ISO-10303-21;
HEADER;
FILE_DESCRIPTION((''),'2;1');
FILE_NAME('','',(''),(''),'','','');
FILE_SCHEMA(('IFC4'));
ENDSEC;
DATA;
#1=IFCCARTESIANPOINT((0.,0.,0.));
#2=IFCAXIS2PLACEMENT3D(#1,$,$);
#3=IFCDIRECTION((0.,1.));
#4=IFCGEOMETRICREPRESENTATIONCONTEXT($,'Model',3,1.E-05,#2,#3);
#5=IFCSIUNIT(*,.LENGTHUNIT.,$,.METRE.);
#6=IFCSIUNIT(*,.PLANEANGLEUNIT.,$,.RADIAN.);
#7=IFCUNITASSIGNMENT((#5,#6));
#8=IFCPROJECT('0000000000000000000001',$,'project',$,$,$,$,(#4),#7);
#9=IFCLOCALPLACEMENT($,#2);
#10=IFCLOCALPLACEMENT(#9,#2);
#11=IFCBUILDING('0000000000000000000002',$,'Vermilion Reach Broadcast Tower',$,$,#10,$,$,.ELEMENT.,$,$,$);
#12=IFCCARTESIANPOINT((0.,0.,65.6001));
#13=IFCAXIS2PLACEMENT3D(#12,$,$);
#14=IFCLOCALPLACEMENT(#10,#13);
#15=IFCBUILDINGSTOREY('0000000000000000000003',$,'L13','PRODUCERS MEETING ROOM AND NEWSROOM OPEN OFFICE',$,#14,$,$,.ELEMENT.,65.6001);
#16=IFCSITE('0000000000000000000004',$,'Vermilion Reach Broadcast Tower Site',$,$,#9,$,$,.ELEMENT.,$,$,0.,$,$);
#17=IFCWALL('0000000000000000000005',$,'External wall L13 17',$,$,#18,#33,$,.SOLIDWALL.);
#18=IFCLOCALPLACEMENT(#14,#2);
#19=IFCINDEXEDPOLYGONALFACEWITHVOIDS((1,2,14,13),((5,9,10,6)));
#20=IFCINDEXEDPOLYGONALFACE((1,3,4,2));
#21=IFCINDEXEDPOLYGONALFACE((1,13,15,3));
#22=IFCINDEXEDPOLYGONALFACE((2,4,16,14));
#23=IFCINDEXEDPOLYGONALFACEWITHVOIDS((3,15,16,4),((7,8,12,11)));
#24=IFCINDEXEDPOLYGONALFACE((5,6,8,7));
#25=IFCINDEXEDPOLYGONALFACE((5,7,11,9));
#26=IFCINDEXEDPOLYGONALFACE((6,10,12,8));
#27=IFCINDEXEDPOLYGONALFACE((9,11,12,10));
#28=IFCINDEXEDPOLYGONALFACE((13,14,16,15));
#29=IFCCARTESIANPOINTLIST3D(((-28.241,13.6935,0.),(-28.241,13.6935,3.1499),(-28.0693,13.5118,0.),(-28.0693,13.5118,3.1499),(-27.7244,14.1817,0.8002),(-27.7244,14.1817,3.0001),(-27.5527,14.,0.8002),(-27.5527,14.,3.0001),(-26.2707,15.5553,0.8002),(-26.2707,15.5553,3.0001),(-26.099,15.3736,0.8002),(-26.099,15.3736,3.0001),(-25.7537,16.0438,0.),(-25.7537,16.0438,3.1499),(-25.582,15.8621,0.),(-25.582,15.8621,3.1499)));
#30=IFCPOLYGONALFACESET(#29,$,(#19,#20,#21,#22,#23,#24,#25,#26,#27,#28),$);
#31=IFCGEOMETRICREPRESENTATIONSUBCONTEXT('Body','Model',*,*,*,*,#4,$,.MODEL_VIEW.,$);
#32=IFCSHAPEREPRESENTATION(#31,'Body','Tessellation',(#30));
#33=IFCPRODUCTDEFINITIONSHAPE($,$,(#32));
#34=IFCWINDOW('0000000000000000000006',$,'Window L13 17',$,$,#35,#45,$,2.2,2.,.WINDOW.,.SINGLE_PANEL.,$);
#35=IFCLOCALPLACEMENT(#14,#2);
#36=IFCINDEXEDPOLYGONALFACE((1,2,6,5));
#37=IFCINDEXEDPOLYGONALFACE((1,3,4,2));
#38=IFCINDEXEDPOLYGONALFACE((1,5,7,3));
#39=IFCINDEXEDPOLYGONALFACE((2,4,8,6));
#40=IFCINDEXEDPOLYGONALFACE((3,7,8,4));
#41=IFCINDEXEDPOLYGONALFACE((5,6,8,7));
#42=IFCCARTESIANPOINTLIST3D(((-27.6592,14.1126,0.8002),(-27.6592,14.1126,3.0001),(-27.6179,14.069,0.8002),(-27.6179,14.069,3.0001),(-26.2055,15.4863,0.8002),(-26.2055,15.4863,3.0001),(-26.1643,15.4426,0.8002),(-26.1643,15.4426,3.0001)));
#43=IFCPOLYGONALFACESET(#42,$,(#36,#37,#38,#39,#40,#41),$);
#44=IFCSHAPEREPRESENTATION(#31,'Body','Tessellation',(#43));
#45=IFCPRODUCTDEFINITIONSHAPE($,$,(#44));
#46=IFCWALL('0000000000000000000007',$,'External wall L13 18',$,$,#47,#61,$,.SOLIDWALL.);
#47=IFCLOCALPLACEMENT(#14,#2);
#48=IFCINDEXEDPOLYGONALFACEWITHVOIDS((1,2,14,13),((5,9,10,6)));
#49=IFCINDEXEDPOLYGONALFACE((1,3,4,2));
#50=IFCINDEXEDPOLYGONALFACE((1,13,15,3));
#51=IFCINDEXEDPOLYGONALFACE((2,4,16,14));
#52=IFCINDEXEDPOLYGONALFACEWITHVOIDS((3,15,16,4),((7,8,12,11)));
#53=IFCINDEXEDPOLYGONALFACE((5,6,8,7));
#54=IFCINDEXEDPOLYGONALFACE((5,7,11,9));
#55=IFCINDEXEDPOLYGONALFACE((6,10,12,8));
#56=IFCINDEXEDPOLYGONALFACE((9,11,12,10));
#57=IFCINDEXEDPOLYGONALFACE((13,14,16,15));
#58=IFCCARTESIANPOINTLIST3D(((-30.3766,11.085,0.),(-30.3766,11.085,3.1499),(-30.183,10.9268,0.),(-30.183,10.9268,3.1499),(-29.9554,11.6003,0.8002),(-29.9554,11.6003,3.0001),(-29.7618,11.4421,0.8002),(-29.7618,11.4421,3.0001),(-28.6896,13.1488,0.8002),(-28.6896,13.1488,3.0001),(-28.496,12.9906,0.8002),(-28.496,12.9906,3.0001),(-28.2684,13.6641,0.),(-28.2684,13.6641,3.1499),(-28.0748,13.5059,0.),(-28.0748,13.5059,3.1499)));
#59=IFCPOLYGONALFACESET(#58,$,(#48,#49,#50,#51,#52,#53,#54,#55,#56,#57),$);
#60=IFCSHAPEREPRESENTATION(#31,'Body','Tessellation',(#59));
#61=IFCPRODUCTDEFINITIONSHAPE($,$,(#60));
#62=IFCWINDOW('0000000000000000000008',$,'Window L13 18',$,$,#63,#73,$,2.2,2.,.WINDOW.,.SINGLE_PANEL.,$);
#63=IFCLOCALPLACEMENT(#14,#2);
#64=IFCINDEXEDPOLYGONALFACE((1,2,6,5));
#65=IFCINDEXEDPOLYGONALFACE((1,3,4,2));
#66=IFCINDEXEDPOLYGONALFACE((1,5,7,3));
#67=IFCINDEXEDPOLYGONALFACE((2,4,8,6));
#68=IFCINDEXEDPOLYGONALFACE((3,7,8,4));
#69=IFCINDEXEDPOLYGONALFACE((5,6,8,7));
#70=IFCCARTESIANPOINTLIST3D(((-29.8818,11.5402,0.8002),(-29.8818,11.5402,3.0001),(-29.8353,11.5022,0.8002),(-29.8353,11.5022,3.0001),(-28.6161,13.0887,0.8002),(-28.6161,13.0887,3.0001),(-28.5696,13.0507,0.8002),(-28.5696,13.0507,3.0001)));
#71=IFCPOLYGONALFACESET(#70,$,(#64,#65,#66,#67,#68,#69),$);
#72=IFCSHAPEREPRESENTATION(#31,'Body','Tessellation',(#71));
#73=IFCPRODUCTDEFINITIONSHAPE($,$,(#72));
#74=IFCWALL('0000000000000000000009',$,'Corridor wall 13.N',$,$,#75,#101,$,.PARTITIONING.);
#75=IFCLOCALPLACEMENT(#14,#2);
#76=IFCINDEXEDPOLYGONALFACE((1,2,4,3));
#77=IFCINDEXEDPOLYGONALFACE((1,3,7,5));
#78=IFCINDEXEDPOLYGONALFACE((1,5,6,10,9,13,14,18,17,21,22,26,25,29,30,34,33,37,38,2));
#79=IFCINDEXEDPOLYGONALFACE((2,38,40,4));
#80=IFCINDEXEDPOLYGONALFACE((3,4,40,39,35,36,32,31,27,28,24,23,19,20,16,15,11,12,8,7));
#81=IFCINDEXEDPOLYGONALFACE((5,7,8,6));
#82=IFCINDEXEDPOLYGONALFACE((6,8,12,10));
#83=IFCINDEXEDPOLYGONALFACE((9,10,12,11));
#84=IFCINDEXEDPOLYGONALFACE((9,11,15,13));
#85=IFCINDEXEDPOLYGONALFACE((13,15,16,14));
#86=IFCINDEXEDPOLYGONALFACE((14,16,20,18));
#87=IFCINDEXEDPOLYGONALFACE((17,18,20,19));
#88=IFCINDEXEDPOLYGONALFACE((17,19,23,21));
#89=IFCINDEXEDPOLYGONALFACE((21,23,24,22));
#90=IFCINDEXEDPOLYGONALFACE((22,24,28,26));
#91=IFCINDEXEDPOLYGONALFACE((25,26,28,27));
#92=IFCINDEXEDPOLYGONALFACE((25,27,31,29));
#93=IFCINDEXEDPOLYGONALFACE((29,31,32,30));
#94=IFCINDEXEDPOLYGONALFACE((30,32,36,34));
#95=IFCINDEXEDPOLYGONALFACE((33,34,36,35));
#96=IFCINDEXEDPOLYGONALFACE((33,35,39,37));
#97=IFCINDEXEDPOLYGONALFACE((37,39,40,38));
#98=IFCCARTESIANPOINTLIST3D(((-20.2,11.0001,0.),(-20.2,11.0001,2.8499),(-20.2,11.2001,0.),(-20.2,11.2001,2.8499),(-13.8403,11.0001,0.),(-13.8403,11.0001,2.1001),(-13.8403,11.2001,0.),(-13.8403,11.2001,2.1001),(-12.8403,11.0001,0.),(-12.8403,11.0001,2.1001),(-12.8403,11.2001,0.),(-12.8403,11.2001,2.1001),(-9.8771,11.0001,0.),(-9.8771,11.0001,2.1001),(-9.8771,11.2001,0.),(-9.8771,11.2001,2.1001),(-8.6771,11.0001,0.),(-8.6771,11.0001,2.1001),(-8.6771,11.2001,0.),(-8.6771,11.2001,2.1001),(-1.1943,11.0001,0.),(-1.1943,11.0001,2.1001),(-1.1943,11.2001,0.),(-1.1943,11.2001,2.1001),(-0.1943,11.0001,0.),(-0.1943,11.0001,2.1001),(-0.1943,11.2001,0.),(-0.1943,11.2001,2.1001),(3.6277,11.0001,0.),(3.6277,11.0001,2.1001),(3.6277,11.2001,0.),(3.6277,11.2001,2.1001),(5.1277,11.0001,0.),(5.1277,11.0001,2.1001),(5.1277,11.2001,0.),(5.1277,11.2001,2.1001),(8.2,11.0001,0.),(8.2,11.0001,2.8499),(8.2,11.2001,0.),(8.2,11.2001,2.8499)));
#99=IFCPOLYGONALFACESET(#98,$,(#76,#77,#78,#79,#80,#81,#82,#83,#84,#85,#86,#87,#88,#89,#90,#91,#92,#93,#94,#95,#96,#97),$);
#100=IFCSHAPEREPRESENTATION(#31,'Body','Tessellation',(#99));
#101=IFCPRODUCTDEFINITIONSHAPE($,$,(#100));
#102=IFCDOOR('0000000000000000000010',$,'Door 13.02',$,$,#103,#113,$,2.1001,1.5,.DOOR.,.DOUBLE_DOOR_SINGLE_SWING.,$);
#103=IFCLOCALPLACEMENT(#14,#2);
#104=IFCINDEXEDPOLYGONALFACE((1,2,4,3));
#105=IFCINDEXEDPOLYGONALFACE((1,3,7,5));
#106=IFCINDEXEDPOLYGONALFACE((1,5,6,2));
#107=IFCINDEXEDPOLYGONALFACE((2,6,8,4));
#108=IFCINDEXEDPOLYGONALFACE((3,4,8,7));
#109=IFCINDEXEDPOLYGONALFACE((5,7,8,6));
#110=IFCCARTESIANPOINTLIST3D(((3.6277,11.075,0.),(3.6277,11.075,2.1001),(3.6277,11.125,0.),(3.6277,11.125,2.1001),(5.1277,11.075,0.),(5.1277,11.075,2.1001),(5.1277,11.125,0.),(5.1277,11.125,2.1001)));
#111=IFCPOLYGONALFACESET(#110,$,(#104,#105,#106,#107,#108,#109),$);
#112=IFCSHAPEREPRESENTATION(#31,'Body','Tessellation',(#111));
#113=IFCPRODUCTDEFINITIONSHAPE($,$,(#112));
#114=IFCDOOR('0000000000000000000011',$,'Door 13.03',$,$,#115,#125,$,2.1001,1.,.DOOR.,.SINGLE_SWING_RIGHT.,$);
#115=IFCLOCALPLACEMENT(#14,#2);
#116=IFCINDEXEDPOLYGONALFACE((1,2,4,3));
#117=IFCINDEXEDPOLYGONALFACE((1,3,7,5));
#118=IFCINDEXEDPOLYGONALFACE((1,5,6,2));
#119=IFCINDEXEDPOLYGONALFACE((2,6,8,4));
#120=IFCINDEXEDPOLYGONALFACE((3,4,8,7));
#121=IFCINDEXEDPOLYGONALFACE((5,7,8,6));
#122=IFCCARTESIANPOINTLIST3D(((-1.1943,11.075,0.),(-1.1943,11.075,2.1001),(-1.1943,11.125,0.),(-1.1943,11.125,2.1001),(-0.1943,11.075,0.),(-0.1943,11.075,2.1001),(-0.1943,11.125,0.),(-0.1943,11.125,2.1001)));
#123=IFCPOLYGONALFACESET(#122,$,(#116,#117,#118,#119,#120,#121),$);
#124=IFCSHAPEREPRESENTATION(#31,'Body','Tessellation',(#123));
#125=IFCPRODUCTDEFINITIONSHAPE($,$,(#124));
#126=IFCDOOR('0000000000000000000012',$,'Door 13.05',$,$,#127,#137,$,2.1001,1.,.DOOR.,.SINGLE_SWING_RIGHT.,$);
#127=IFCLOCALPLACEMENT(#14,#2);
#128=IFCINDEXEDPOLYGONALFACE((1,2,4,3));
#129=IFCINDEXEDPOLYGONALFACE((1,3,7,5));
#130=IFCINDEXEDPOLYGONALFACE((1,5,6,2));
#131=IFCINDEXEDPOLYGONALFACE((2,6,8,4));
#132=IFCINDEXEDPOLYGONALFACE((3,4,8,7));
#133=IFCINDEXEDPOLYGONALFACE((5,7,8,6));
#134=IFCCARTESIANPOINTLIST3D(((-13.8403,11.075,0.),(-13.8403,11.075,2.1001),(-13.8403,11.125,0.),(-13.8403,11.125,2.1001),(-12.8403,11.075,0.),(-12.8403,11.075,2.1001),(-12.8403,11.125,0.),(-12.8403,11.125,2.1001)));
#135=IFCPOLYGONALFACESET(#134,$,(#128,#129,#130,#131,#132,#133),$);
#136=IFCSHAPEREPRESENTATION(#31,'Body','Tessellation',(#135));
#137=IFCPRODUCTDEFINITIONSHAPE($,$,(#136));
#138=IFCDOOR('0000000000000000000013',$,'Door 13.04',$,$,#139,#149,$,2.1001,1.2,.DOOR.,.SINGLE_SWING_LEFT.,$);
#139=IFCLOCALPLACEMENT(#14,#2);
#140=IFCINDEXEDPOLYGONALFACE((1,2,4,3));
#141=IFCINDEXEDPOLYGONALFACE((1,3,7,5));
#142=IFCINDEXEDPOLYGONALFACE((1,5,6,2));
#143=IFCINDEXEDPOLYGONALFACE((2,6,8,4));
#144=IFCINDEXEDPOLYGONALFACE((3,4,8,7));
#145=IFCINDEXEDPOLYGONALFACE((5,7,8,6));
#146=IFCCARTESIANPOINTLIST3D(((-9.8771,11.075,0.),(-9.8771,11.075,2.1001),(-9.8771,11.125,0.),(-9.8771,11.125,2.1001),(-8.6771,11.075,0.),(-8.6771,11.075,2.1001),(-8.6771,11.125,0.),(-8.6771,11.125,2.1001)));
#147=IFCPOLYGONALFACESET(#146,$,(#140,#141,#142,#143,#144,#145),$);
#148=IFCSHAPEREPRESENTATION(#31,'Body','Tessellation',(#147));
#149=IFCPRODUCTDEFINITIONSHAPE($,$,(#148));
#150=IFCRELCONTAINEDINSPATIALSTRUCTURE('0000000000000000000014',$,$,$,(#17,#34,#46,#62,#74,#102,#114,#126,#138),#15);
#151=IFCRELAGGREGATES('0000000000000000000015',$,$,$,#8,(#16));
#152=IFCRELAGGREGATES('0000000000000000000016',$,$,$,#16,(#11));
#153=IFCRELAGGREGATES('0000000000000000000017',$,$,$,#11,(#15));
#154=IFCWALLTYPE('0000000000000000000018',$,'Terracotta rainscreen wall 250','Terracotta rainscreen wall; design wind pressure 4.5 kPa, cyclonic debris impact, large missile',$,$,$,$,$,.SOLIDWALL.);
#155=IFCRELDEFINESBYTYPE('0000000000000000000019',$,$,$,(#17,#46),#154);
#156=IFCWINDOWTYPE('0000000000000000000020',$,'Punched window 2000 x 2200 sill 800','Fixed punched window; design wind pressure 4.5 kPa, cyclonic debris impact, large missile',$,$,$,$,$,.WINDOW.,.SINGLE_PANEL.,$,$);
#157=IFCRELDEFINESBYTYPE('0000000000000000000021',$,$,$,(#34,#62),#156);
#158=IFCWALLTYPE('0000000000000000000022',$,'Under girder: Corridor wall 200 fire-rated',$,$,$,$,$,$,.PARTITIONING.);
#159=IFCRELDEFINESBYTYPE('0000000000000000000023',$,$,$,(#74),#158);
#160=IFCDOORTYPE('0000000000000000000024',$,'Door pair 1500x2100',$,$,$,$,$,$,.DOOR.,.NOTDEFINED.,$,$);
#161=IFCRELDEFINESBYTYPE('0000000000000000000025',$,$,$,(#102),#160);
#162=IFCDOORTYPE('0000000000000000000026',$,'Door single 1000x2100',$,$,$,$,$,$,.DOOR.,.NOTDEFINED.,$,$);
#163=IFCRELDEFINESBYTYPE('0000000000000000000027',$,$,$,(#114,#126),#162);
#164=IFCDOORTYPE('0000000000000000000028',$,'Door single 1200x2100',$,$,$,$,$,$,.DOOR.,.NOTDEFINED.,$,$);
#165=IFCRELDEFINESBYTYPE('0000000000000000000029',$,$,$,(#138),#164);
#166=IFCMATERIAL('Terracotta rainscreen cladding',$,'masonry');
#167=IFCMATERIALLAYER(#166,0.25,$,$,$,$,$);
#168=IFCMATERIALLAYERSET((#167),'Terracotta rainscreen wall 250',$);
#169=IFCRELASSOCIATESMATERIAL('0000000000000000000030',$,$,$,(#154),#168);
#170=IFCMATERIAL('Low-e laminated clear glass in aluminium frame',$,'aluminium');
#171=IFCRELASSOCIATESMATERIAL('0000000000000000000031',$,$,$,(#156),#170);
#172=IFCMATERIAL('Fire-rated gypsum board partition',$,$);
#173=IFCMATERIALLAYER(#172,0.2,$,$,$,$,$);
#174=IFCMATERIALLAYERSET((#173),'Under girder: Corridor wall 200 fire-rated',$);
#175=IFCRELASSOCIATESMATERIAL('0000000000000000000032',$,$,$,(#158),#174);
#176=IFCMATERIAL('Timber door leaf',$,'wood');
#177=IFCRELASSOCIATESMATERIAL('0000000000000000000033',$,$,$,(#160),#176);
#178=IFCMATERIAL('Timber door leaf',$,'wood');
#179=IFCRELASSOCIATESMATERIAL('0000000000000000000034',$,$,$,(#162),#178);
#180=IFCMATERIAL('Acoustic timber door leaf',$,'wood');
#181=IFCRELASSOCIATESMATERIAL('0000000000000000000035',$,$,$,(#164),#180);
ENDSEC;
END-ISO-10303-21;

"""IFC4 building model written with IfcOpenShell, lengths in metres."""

from ifc_helpers import new_model, si_unit, direction, frame, frame_2d, origin, place, context, subcontext, project, spatial, rectangle, extrude, material, layer, layer_set, type_object, element, fill, save


model = new_model("IFC4")

# Units and contexts
model_context = context("Model", 3, precision=1e-05, world=origin(), true_north=direction((0.0, 1.0)))
body_context = subcontext(model_context, "Body", "Model", "MODEL_VIEW")
ifc_project = project(units=[si_unit("LENGTHUNIT", "METRE"), si_unit("PLANEANGLEUNIT", "RADIAN")], contexts=[model_context])

# Site, building, storey
site_placement = place(None, origin())
site = spatial("IfcSite", under=ifc_project, at=site_placement, Name="Vermilion Reach Broadcast Tower Site", CompositionType="ELEMENT", RefElevation=0.0)
building_placement = place(site_placement, origin())
building = spatial("IfcBuilding", under=site, at=building_placement, Name="Vermilion Reach Broadcast Tower", CompositionType="ELEMENT")
storey_placement = place(building_placement, frame((0.0, 0.0, 65.6001)))
storey = spatial("IfcBuildingStorey", under=building, at=storey_placement, Name="L13", Description="PRODUCERS MEETING ROOM AND NEWSROOM OPEN OFFICE", CompositionType="ELEMENT", Elevation=65.6001)

# Shared definitions
ifc_material_1 = material(Name="Terracotta rainscreen cladding", Category="masonry")
ifc_layer_1 = layer(ifc_material_1, 0.25)
ifc_layer_set_1 = layer_set([ifc_layer_1], Name="Terracotta rainscreen wall 250")
wall_type_1 = type_object("IfcWallType", Name="Terracotta rainscreen wall 250", Description="Terracotta rainscreen wall; design wind pressure 4.5 kPa, cyclonic debris impact, large missile", PredefinedType="SOLIDWALL", material=ifc_layer_set_1)

# Shared definitions
ifc_material_2 = material(Name="Low-e laminated clear glass in aluminium frame", Category="aluminium")
window_type = type_object("IfcWindowType", Name="Punched window 2000 x 2200 sill 800", Description="Fixed punched window; design wind pressure 4.5 kPa, cyclonic debris impact, large missile", PartitioningType="SINGLE_PANEL", PredefinedType="WINDOW", material=ifc_material_2)

# Walls, openings, windows
wall_1_placement = place(storey_placement, frame((-25.668, 15.9529, 0.0), z_axis=(0.0, 0.0, 1.0), x_axis=(-0.726835, -0.686812, 0.0)))
wall_1 = element("IfcWall", 1, at=wall_1_placement, inside=storey, type_object=wall_type_1, Name="External wall L13 17", PredefinedType="SOLIDWALL", context=body_context, shape_type="SweptSolid", body=[
    extrude(rectangle(XDim=3.4221, YDim=0.25, at=frame_2d((1.7109, 0.0))), origin(), (0.0, 0.0, 1.0), 3.1499),
])
opening_1_placement = place(wall_1_placement, frame((0.7112, 0.0, 0.8)))
opening_1 = element("IfcOpeningElement", 2, at=opening_1_placement, cuts=wall_1, PredefinedType="OPENING", context=body_context, shape_type="SweptSolid", body=[
    extrude(rectangle(XDim=2.0, YDim=2.2, at=frame_2d((1.0, 1.1001))), frame((0.0, 0.135, 0.0), z_axis=(0.0, -1.0, 0.0), x_axis=(1.0, 0.0, 0.0)), (0.0, 0.0, 1.0), 0.27),
])
window_1_placement = place(opening_1_placement, origin())
window_1 = element("IfcWindow", 3, at=window_1_placement, inside=storey, type_object=window_type, Name="Window L13 17", OverallHeight=2.2, OverallWidth=2.0, PartitioningType="SINGLE_PANEL", PredefinedType="WINDOW", context=body_context, shape_type="SweptSolid", body=[
    extrude(rectangle(XDim=2.0, YDim=2.2, at=frame_2d((1.0, 1.1001))), frame((0.0, 0.03, 0.0), z_axis=(0.0, -1.0, 0.0), x_axis=(1.0, 0.0, 0.0)), (0.0, 0.0, 1.0), 0.0601),
])
fill(opening_1, window_1)
wall_2_placement = place(storey_placement, frame((-28.1716, 13.585, 0.0), z_axis=(0.0, 0.0, 1.0), x_axis=(-0.632875, -0.774254, 0.0)))
wall_2 = element("IfcWall", 4, at=wall_2_placement, inside=storey, type_object=wall_type_1, Name="External wall L13 18", PredefinedType="SOLIDWALL", context=body_context, shape_type="SweptSolid", body=[
    extrude(rectangle(XDim=3.3311, YDim=0.25, at=frame_2d((1.6655, 0.0))), origin(), (0.0, 0.0, 1.0), 3.1499),
])
opening_2_placement = place(wall_2_placement, frame((0.6655, 0.0, 0.8)))
opening_2 = element("IfcOpeningElement", 5, at=opening_2_placement, cuts=wall_2, PredefinedType="OPENING", context=body_context, shape_type="SweptSolid", body=[
    extrude(rectangle(XDim=2.0, YDim=2.2, at=frame_2d((1.0, 1.1001))), frame((0.0, 0.135, 0.0), z_axis=(0.0, -1.0, 0.0), x_axis=(1.0, 0.0, 0.0)), (0.0, 0.0, 1.0), 0.27),
])
window_2_placement = place(opening_2_placement, origin())
window_2 = element("IfcWindow", 6, at=window_2_placement, inside=storey, type_object=window_type, Name="Window L13 18", OverallHeight=2.2, OverallWidth=2.0, PartitioningType="SINGLE_PANEL", PredefinedType="WINDOW", context=body_context, shape_type="SweptSolid", body=[
    extrude(rectangle(XDim=2.0, YDim=2.2, at=frame_2d((1.0, 1.1001))), frame((0.0, 0.03, 0.0), z_axis=(0.0, -1.0, 0.0), x_axis=(1.0, 0.0, 0.0)), (0.0, 0.0, 1.0), 0.0601),
])
fill(opening_2, window_2)

# Wall, openings, doors
ifc_material_3 = material(Name="Fire-rated gypsum board partition")
ifc_layer_2 = layer(ifc_material_3, 0.2)
ifc_layer_set_2 = layer_set([ifc_layer_2], Name="Under girder: Corridor wall 200 fire-rated")
wall_type_2 = type_object("IfcWallType", Name="Under girder: Corridor wall 200 fire-rated", PredefinedType="PARTITIONING", material=ifc_layer_set_2)
wall_3_placement = place(storey_placement, frame((-20.2, 11.1001, 0.0), z_axis=(0.0, 0.0, 1.0), x_axis=(1.0, 0.0, 0.0)))
wall_3 = element("IfcWall", 7, at=wall_3_placement, inside=storey, type_object=wall_type_2, Name="Corridor wall 13.N", PredefinedType="PARTITIONING", context=body_context, shape_type="SweptSolid", body=[
    extrude(rectangle(XDim=28.3999, YDim=0.2, at=frame_2d((14.2, 0.0))), origin(), (0.0, 0.0, 1.0), 2.8499),
])
opening_3_placement = place(wall_3_placement, frame((23.8276, 0.0, 0.0)))
opening_3 = element("IfcOpeningElement", 8, at=opening_3_placement, cuts=wall_3, PredefinedType="OPENING", context=body_context, shape_type="SweptSolid", body=[
    extrude(rectangle(XDim=1.5, YDim=2.1001, at=frame_2d((0.75, 1.05))), frame((0.0, 0.1099, 0.0), z_axis=(0.0, -1.0, 0.0), x_axis=(1.0, 0.0, 0.0)), (0.0, 0.0, 1.0), 0.22),
])
opening_4_placement = place(wall_3_placement, frame((19.0056, 0.0, 0.0)))
opening_4 = element("IfcOpeningElement", 9, at=opening_4_placement, cuts=wall_3, PredefinedType="OPENING", context=body_context, shape_type="SweptSolid", body=[
    extrude(rectangle(XDim=1.0, YDim=2.1001, at=frame_2d((0.5, 1.05))), frame((0.0, 0.1099, 0.0), z_axis=(0.0, -1.0, 0.0), x_axis=(1.0, 0.0, 0.0)), (0.0, 0.0, 1.0), 0.22),
])
opening_5_placement = place(wall_3_placement, frame((10.3228, 0.0, 0.0)))
opening_5 = element("IfcOpeningElement", 10, at=opening_5_placement, cuts=wall_3, PredefinedType="OPENING", context=body_context, shape_type="SweptSolid", body=[
    extrude(rectangle(XDim=1.2, YDim=2.1001, at=frame_2d((0.6001, 1.05))), frame((0.0, 0.1099, 0.0), z_axis=(0.0, -1.0, 0.0), x_axis=(1.0, 0.0, 0.0)), (0.0, 0.0, 1.0), 0.22),
])
opening_6_placement = place(wall_3_placement, frame((6.3596, 0.0, 0.0)))
opening_6 = element("IfcOpeningElement", 11, at=opening_6_placement, cuts=wall_3, PredefinedType="OPENING", context=body_context, shape_type="SweptSolid", body=[
    extrude(rectangle(XDim=1.0, YDim=2.1001, at=frame_2d((0.5, 1.05))), frame((0.0, 0.1099, 0.0), z_axis=(0.0, -1.0, 0.0), x_axis=(1.0, 0.0, 0.0)), (0.0, 0.0, 1.0), 0.22),
])
ifc_material_4 = material(Name="Timber door leaf", Category="wood")
door_type_1 = type_object("IfcDoorType", Name="Door pair 1500x2100", OperationType="NOTDEFINED", PredefinedType="DOOR", material=ifc_material_4)
door_1_placement = place(opening_3_placement, origin())
door_1 = element("IfcDoor", 12, at=door_1_placement, inside=storey, type_object=door_type_1, Name="Door 13.02", OperationType="DOUBLE_DOOR_SINGLE_SWING", OverallHeight=2.1001, OverallWidth=1.5, PredefinedType="DOOR", context=body_context, shape_type="SweptSolid", body=[
    extrude(rectangle(XDim=1.5, YDim=2.1001, at=frame_2d((0.75, 1.05))), frame((0.0, 0.0249, 0.0), z_axis=(0.0, -1.0, 0.0), x_axis=(1.0, 0.0, 0.0)), (0.0, 0.0, 1.0), 0.05),
])
fill(opening_3, door_1)
ifc_material_5 = material(Name="Timber door leaf", Category="wood")
door_type_2 = type_object("IfcDoorType", Name="Door single 1000x2100", OperationType="NOTDEFINED", PredefinedType="DOOR", material=ifc_material_5)
door_2_placement = place(opening_4_placement, origin())
door_2 = element("IfcDoor", 13, at=door_2_placement, inside=storey, type_object=door_type_2, Name="Door 13.03", OperationType="SINGLE_SWING_RIGHT", OverallHeight=2.1001, OverallWidth=1.0, PredefinedType="DOOR", context=body_context, shape_type="SweptSolid", body=[
    extrude(rectangle(XDim=1.0, YDim=2.1001, at=frame_2d((0.5, 1.05))), frame((0.0, 0.0249, 0.0), z_axis=(0.0, -1.0, 0.0), x_axis=(1.0, 0.0, 0.0)), (0.0, 0.0, 1.0), 0.05),
])
fill(opening_4, door_2)
door_3_placement = place(opening_6_placement, origin())
door_3 = element("IfcDoor", 14, at=door_3_placement, inside=storey, type_object=door_type_2, Name="Door 13.05", OperationType="SINGLE_SWING_RIGHT", OverallHeight=2.1001, OverallWidth=1.0, PredefinedType="DOOR", context=body_context, shape_type="SweptSolid", body=[
    extrude(rectangle(XDim=1.0, YDim=2.1001, at=frame_2d((0.5, 1.05))), frame((0.0, 0.0249, 0.0), z_axis=(0.0, -1.0, 0.0), x_axis=(1.0, 0.0, 0.0)), (0.0, 0.0, 1.0), 0.05),
])
fill(opening_6, door_3)
ifc_material_6 = material(Name="Acoustic timber door leaf", Category="wood")
door_type_3 = type_object("IfcDoorType", Name="Door single 1200x2100", OperationType="NOTDEFINED", PredefinedType="DOOR", material=ifc_material_6)
door_4_placement = place(opening_5_placement, origin())
door_4 = element("IfcDoor", 15, at=door_4_placement, inside=storey, type_object=door_type_3, Name="Door 13.04", OperationType="SINGLE_SWING_LEFT", OverallHeight=2.1001, OverallWidth=1.2, PredefinedType="DOOR", context=body_context, shape_type="SweptSolid", body=[
    extrude(rectangle(XDim=1.2, YDim=2.1001, at=frame_2d((0.6001, 1.05))), frame((0.0, 0.0249, 0.0), z_axis=(0.0, -1.0, 0.0), x_axis=(1.0, 0.0, 0.0)), (0.0, 0.0, 1.0), 0.05),
])
fill(opening_5, door_4)

save(model, "model.ifc")
